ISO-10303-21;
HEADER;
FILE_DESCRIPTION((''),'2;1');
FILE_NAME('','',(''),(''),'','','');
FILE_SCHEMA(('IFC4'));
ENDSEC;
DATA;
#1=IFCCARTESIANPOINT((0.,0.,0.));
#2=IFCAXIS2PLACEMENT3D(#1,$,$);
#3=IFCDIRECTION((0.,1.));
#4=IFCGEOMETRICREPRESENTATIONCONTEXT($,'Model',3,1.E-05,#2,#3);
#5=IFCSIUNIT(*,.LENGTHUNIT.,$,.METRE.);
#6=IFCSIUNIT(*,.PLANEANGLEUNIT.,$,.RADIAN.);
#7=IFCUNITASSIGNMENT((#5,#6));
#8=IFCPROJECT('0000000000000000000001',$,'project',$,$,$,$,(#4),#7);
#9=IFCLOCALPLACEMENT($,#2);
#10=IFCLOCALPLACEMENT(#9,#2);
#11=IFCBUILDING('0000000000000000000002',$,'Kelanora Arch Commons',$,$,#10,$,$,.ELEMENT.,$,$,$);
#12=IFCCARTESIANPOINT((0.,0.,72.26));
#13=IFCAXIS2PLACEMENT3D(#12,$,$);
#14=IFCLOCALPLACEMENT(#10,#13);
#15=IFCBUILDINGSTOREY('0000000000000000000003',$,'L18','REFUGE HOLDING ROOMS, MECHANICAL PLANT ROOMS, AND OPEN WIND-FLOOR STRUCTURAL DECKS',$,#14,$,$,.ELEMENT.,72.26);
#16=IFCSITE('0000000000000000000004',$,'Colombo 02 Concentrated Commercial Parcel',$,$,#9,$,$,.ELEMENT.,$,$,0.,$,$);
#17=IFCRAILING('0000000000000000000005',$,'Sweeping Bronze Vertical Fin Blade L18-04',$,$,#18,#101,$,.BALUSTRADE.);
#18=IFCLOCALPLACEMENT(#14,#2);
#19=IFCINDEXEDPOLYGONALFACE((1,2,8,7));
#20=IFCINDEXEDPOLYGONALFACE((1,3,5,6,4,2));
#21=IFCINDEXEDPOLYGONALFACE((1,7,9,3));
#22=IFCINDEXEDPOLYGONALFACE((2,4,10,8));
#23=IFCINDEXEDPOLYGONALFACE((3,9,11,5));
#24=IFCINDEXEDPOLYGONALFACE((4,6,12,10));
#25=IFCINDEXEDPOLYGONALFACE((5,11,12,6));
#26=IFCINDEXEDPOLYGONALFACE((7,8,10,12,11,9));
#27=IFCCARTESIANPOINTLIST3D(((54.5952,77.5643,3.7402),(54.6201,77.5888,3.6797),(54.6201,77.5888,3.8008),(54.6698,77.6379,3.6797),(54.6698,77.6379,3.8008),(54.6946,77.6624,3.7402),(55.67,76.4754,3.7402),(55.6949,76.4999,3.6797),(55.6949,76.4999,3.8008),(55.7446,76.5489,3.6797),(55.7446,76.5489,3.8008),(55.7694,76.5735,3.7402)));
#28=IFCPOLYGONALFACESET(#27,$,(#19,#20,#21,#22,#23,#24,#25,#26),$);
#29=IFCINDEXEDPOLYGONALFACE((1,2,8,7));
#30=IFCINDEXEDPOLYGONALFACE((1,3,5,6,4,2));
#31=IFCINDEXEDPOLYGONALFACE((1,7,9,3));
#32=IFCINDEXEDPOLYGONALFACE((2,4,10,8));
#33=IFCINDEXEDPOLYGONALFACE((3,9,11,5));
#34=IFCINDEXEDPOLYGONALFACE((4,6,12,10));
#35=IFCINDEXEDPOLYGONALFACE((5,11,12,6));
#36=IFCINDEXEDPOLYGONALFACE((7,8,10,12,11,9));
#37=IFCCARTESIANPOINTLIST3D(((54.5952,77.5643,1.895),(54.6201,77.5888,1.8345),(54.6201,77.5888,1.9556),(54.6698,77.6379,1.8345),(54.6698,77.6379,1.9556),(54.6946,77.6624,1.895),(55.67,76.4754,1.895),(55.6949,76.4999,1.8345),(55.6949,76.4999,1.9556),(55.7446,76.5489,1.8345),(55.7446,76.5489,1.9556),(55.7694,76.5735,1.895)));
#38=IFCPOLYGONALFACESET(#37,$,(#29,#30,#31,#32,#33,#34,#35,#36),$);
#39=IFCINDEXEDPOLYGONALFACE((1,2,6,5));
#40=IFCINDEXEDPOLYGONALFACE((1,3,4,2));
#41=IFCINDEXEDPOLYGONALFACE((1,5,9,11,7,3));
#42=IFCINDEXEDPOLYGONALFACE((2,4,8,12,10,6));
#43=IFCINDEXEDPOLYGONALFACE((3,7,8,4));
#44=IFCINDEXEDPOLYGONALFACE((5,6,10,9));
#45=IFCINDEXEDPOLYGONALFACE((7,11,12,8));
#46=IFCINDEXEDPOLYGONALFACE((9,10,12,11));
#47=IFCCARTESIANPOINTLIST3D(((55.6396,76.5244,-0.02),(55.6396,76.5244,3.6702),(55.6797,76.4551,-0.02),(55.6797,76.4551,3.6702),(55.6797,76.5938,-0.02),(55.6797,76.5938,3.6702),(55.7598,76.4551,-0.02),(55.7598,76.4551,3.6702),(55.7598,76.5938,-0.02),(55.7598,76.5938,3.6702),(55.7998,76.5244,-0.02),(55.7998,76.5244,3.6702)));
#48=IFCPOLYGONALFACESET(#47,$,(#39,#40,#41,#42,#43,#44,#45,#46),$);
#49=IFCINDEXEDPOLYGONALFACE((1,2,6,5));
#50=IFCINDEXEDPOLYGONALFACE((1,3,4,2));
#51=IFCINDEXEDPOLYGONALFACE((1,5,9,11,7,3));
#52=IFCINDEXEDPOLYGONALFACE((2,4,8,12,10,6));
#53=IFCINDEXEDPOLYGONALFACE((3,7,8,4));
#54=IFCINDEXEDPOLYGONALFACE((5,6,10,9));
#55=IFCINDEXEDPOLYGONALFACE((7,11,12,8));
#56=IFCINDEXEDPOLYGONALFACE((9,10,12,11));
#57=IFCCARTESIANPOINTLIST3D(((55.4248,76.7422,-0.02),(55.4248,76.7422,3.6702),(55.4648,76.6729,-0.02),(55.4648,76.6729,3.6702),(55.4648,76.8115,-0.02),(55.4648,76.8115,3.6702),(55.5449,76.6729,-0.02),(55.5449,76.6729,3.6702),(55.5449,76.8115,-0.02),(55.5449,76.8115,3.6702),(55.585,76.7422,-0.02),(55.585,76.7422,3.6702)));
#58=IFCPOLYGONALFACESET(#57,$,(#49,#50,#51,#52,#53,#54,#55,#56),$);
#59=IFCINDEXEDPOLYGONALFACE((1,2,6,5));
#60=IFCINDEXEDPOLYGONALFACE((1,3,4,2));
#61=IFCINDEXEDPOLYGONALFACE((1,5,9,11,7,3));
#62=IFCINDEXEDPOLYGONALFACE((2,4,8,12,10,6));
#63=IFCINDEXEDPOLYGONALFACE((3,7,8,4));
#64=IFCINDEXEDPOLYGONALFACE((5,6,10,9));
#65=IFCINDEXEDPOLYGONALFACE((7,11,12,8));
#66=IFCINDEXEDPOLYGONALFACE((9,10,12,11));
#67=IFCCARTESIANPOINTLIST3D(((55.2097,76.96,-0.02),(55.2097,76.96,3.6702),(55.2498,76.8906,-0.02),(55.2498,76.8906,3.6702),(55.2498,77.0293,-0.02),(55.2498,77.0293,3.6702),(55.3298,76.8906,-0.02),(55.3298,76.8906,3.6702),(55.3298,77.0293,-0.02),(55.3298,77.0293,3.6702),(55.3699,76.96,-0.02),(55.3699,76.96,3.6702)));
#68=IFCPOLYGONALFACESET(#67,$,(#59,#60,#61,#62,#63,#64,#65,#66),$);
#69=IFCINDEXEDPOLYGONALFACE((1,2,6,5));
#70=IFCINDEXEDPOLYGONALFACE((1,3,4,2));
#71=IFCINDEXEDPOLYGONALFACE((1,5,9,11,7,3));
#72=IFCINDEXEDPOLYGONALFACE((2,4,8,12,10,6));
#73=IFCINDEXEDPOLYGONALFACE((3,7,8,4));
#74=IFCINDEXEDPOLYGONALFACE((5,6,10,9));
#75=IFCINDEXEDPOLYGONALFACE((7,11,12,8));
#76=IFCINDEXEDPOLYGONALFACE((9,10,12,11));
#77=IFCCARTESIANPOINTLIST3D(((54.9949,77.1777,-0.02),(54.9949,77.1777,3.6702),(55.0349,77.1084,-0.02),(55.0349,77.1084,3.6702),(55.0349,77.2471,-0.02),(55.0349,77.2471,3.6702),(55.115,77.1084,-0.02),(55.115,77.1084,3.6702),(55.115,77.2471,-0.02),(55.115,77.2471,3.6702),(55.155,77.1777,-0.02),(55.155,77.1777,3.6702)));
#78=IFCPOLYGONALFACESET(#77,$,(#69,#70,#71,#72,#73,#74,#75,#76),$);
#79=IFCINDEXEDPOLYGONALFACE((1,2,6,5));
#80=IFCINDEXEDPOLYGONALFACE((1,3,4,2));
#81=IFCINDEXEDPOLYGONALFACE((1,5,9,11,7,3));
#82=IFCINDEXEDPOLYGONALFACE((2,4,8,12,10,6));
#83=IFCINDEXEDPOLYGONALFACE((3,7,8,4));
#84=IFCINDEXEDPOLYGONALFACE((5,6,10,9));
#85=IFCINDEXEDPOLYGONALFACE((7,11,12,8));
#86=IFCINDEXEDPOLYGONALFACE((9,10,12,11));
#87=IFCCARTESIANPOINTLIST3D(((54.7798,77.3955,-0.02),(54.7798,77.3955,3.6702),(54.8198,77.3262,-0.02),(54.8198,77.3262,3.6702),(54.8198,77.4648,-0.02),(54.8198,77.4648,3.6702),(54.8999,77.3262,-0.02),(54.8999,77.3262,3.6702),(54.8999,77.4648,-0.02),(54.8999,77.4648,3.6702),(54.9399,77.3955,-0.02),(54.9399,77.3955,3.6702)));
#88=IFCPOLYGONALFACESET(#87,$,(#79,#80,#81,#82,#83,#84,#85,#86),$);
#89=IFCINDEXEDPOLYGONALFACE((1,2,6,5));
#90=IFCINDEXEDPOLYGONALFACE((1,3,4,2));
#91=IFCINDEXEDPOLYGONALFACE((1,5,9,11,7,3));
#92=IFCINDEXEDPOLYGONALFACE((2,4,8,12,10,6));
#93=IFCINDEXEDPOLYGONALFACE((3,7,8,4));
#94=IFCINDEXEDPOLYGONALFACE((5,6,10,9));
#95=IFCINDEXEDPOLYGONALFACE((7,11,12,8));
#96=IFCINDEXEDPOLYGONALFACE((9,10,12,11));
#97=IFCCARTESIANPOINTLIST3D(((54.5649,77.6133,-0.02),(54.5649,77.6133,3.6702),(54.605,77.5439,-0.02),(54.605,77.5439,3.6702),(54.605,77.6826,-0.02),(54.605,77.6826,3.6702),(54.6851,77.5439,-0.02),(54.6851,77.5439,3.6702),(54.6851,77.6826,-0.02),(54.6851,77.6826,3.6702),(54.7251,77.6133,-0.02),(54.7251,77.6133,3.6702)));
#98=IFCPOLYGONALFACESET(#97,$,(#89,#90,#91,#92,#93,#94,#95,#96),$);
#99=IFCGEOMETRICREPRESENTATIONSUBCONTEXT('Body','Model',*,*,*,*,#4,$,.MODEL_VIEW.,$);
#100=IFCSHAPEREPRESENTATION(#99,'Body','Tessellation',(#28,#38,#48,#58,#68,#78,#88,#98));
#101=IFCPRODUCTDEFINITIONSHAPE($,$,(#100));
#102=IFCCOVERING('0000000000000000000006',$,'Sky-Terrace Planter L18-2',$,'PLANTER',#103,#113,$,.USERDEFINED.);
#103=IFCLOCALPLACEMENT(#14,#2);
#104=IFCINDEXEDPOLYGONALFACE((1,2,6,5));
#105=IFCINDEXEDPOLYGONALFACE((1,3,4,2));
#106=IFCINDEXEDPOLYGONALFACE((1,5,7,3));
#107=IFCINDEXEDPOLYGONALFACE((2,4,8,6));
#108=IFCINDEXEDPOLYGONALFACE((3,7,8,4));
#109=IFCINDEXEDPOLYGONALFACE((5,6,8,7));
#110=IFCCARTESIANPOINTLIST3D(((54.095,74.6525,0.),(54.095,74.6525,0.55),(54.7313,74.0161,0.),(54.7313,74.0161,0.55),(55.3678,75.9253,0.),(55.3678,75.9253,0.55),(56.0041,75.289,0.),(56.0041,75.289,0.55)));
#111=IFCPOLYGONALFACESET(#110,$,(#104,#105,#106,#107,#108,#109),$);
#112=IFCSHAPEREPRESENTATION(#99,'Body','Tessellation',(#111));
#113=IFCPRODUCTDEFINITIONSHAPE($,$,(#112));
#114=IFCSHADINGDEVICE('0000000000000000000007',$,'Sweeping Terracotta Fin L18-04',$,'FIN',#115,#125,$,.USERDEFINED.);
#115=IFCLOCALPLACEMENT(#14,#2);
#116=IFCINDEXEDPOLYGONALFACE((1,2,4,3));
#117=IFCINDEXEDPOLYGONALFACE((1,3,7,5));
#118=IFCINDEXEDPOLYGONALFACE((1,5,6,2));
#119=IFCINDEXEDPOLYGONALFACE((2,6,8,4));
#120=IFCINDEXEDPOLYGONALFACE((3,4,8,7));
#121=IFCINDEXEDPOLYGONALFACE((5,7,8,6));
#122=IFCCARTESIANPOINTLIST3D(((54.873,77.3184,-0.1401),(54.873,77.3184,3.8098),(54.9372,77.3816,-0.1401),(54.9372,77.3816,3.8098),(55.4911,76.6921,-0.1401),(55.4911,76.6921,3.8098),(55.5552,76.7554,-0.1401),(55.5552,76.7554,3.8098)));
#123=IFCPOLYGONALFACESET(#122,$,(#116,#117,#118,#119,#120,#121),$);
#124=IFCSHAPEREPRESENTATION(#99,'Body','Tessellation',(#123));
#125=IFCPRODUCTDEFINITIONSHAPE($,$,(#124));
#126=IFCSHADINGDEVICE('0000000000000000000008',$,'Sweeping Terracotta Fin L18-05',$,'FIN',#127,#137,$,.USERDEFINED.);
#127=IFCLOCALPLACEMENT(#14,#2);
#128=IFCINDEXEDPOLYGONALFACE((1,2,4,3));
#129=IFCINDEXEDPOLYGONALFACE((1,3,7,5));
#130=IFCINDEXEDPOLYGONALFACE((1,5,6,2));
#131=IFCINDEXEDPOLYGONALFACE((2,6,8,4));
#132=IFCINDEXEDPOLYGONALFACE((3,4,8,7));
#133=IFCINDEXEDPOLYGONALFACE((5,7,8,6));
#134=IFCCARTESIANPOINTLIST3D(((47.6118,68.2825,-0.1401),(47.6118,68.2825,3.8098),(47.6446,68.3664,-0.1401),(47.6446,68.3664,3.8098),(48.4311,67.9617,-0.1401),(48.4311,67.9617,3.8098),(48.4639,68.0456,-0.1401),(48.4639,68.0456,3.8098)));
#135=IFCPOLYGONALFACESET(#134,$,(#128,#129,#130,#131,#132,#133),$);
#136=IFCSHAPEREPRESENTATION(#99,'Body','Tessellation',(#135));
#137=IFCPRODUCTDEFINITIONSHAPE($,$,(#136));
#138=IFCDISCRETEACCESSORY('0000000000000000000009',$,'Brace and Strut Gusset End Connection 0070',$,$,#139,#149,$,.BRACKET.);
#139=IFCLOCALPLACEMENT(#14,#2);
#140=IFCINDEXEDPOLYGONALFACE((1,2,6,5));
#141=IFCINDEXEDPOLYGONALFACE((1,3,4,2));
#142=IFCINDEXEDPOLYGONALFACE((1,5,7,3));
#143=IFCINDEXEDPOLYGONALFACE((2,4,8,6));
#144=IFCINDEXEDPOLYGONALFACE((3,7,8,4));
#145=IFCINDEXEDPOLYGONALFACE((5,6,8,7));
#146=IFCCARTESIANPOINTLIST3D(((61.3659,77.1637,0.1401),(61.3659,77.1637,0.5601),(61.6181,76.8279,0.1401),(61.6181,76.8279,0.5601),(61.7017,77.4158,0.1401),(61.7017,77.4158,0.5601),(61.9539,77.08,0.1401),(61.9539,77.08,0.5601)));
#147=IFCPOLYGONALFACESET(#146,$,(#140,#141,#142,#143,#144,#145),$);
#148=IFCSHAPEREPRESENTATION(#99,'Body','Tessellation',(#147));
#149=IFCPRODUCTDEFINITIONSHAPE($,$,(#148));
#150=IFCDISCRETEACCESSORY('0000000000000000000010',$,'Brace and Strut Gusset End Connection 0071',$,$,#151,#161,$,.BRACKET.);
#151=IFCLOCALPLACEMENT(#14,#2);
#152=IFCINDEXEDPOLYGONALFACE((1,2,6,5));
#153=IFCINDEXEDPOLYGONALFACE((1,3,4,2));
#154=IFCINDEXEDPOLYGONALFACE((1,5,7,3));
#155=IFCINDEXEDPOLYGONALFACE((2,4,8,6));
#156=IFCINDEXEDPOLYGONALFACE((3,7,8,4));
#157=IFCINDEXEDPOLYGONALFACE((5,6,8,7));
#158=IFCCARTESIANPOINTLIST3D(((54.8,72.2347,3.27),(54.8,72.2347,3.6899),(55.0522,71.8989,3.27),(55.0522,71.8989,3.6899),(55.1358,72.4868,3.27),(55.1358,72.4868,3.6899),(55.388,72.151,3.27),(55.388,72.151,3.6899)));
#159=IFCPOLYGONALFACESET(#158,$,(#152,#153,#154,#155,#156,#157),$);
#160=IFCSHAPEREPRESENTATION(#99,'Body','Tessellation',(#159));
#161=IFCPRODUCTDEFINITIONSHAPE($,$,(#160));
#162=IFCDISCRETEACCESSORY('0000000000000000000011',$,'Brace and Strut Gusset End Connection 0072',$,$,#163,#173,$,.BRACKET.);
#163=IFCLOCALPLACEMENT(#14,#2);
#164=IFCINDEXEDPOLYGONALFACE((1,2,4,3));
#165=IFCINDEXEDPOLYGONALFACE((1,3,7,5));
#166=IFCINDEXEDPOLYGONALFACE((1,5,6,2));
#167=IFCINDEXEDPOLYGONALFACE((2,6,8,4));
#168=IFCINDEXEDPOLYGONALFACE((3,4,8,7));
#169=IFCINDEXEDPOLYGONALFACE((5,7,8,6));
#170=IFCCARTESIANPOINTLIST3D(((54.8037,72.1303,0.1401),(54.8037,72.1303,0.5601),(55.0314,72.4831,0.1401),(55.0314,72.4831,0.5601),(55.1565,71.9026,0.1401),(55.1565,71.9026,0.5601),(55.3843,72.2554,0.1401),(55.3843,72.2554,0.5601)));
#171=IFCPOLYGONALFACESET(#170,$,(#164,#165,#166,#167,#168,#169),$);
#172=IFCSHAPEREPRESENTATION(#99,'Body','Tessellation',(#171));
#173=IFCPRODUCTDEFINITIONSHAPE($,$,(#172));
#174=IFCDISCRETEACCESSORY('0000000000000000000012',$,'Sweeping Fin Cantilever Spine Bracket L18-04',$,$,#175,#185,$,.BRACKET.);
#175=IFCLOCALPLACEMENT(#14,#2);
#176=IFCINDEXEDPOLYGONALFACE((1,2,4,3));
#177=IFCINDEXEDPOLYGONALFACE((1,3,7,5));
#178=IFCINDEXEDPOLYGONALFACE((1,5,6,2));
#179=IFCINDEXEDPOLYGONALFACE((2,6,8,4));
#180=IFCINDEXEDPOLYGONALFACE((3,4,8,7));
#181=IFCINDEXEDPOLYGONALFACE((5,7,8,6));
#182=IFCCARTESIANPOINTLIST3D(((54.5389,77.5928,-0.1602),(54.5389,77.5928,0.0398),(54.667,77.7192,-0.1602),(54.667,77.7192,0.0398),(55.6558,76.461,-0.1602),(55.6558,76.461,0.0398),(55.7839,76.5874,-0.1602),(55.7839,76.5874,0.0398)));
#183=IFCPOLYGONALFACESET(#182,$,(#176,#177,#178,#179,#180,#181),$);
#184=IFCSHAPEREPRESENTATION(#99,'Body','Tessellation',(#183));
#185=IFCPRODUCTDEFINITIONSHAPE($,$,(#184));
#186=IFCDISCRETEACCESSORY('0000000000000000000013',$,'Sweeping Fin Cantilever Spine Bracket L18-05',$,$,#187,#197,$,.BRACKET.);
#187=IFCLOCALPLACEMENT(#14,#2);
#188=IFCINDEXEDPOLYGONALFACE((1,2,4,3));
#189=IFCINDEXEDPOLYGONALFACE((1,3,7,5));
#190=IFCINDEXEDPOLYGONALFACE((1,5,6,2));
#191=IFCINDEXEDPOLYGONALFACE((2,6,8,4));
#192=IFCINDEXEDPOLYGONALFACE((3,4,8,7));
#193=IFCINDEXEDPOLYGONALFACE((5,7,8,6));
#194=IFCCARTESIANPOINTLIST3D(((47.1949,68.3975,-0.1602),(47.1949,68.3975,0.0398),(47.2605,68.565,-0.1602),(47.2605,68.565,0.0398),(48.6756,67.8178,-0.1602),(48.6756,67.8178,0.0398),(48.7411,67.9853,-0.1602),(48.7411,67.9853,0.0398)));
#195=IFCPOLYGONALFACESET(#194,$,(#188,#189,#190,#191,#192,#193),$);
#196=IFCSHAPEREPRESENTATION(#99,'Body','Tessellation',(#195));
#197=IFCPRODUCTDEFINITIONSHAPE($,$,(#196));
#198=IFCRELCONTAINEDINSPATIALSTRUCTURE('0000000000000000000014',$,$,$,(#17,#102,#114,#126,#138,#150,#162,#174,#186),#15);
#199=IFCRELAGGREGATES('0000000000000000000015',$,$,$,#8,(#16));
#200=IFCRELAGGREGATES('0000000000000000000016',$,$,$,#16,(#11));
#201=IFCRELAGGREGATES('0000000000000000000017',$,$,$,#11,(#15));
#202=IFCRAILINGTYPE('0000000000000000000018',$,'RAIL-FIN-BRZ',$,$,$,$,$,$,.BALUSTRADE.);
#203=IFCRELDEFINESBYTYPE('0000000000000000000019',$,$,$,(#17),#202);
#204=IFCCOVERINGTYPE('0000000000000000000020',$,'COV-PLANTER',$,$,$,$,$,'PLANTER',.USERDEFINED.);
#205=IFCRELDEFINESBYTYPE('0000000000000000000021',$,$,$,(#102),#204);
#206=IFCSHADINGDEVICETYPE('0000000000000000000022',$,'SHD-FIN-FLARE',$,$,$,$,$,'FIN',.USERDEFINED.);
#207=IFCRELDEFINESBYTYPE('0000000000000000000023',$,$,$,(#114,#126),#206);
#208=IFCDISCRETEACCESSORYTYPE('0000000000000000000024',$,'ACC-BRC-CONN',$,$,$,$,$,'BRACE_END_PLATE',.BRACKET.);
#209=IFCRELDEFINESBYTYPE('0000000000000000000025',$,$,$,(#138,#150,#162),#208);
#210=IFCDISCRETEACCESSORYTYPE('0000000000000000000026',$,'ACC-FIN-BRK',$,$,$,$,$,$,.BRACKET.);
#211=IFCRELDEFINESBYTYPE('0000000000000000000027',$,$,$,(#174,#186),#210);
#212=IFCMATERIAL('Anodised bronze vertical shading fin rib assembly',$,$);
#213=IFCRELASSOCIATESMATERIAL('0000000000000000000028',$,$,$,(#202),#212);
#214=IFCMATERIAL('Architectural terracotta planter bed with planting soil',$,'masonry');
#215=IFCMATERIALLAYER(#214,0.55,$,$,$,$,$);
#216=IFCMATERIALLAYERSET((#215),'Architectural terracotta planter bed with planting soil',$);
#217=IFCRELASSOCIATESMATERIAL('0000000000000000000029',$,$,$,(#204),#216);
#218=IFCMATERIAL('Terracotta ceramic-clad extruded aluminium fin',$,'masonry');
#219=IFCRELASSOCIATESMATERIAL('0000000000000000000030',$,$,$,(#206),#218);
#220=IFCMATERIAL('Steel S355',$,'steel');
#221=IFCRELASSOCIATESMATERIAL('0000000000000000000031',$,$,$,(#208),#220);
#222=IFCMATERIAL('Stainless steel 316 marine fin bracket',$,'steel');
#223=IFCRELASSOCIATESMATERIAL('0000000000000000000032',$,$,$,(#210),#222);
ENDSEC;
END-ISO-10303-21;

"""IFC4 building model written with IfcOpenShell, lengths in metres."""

from ifc_helpers import new_model, si_unit, direction, frame, origin, origin_2d, place, context, subcontext, project, spatial, polyline, rectangle, outline, extrude, source, transform, mapped, material, layer, layer_set, type_object, element, save


model = new_model("IFC4")

# Units and contexts
model_context = context("Model", 3, precision=1e-05, world=origin(), true_north=direction((0.0, 1.0)))
body_context = subcontext(model_context, "Body", "Model", "MODEL_VIEW")
ifc_project = project(units=[si_unit("LENGTHUNIT", "METRE"), si_unit("PLANEANGLEUNIT", "RADIAN")], contexts=[model_context])

# Site, building, storey
site_placement = place(None, origin())
site = spatial("IfcSite", under=ifc_project, at=site_placement, Name="Colombo 02 Concentrated Commercial Parcel", CompositionType="ELEMENT", RefElevation=0.0)
building_placement = place(site_placement, origin())
building = spatial("IfcBuilding", under=site, at=building_placement, Name="Kelanora Arch Commons", CompositionType="ELEMENT")
storey_placement = place(building_placement, frame((0.0, 0.0, 72.26)))
storey = spatial("IfcBuildingStorey", under=building, at=storey_placement, Name="L18", Description="REFUGE HOLDING ROOMS, MECHANICAL PLANT ROOMS, AND OPEN WIND-FLOOR STRUCTURAL DECKS", CompositionType="ELEMENT", Elevation=72.26)

# Shared definitions
ifc_material_1 = material(Name="Steel S355", Category="steel")

# Railing
ifc_material_2 = material(Name="Anodised bronze vertical shading fin rib assembly")
railing_type = type_object("IfcRailingType", Name="RAIL-FIN-BRZ", PredefinedType="BALUSTRADE", material=ifc_material_2)
railing_placement = place(storey_placement, frame((55.7197, 76.5244, -0.02)))
element("IfcRailing", 1, at=railing_placement, inside=storey, type_object=railing_type, Name="Sweeping Bronze Vertical Fin Blade L18-04", PredefinedType="BALUSTRADE", context=body_context, shape_type="SweptSolid", body=[
    extrude(outline(polyline([(0.0698, 0.0), (0.0349, 0.0605), (-0.0349, 0.0605), (-0.0698, 0.0), (-0.0349, -0.0605), (0.0349, -0.0605), (0.0698, 0.0)])), frame((0.0, 0.0, 3.7603), z_axis=(-0.702464, 0.711719, 0.0), x_axis=(-0.711719, -0.702464, 0.0)), (0.0, 0.0, 1.0), 1.53),
    extrude(outline(polyline([(0.0698, 0.0), (0.0349, 0.0605), (-0.0349, 0.0605), (-0.0698, 0.0), (-0.0349, -0.0605), (0.0349, -0.0605), (0.0698, 0.0)])), frame((0.0, 0.0, 1.915), z_axis=(-0.702464, 0.711719, 0.0), x_axis=(-0.711719, -0.702464, 0.0)), (0.0, 0.0, 1.0), 1.53),
    extrude(outline(polyline([(0.0801, 0.0), (0.04, 0.0693), (-0.04, 0.0693), (-0.0801, 0.0), (-0.04, -0.0693), (0.04, -0.0693), (0.0801, 0.0)])), origin(), (0.0, 0.0, 1.0), 3.6902),
    extrude(outline(polyline([(0.0801, 0.0), (0.04, 0.0693), (-0.04, 0.0693), (-0.0801, 0.0), (-0.04, -0.0693), (0.04, -0.0693), (0.0801, 0.0)])), frame((-0.2148, 0.2178, 0.0)), (0.0, 0.0, 1.0), 3.6902),
    extrude(outline(polyline([(0.0801, 0.0), (0.04, 0.0693), (-0.04, 0.0693), (-0.0801, 0.0), (-0.04, -0.0693), (0.04, -0.0693), (0.0801, 0.0)])), frame((-0.4299, 0.4355, 0.0)), (0.0, 0.0, 1.0), 3.6902),
    extrude(outline(polyline([(0.0801, 0.0), (0.04, 0.0693), (-0.04, 0.0693), (-0.0801, 0.0), (-0.04, -0.0693), (0.04, -0.0693), (0.0801, 0.0)])), frame((-0.6448, 0.6533, 0.0)), (0.0, 0.0, 1.0), 3.6902),
    extrude(outline(polyline([(0.0801, 0.0), (0.04, 0.0693), (-0.04, 0.0693), (-0.0801, 0.0), (-0.04, -0.0693), (0.04, -0.0693), (0.0801, 0.0)])), frame((-0.8599, 0.8711, 0.0)), (0.0, 0.0, 1.0), 3.6902),
    extrude(outline(polyline([(0.0801, 0.0), (0.04, 0.0693), (-0.04, 0.0693), (-0.0801, 0.0), (-0.04, -0.0693), (0.04, -0.0693), (0.0801, 0.0)])), frame((-1.0747, 1.0889, 0.0)), (0.0, 0.0, 1.0), 3.6902),
])

# Covering
ifc_material_3 = material(Name="Architectural terracotta planter bed with planting soil", Category="masonry")
ifc_layer_1 = layer(ifc_material_3, 0.55)
ifc_layer_set_1 = layer_set([ifc_layer_1], Name="Architectural terracotta planter bed with planting soil")
covering_type = type_object("IfcCoveringType", Name="COV-PLANTER", ElementType="PLANTER", PredefinedType="USERDEFINED", material=ifc_layer_set_1)
shared_shape_1 = source(origin(), body_context, "Body", "SweptSolid", [
    extrude(rectangle(XDim=1.8, YDim=0.8999, at=origin_2d()), origin(), (0.0, 0.0, 1.0), 0.55),
])
covering_placement = place(storey_placement, frame((55.0496, 74.9707, 0.0), z_axis=(0.0, 0.0, 1.0), x_axis=(-0.707107, -0.707107, 0.0)))
element("IfcCovering", 2, at=covering_placement, inside=storey, type_object=covering_type, Name="Sky-Terrace Planter L18-2", ObjectType="PLANTER", PredefinedType="USERDEFINED", context=body_context, shape_type="MappedRepresentation", body=[
    mapped(shared_shape_1, transform((0.0, 0.0, 0.0), scale=1.0)),
])

# Shading devices
ifc_material_4 = material(Name="Terracotta ceramic-clad extruded aluminium fin", Category="masonry")
shading_device_type = type_object("IfcShadingDeviceType", Name="SHD-FIN-FLARE", ElementType="FIN", PredefinedType="USERDEFINED", material=ifc_material_4)
shared_shape_2 = source(origin(), body_context, "Body", "SweptSolid", [
    extrude(rectangle(XDim=0.8799, YDim=0.0901, at=origin_2d()), origin(), (0.0, 0.0, 1.0), 3.95),
])
for number, where, z_axis, x_axis, name in (
    (3, (55.2141, 77.0369, -0.1401), (0.0, 0.0, 1.0), (-0.702402, 0.711781, 0.0), "Sweeping Terracotta Fin L18-04"),
    (4, (48.0378, 68.1641, -0.1401), (0.0, 0.0, 1.0), (-0.931183, 0.364552, 0.0), "Sweeping Terracotta Fin L18-05"),
):
    element("IfcShadingDevice", number, at=place(storey_placement, frame(where, z_axis=z_axis, x_axis=x_axis)), inside=storey, type_object=shading_device_type, Name=name, ObjectType="FIN", PredefinedType="USERDEFINED", context=body_context, shape_type="MappedRepresentation", body=[
        mapped(shared_shape_2, transform((0.0, 0.0, 0.0), scale=1.0)),
    ])

# Discrete accessories
discrete_accessory_type_1 = type_object("IfcDiscreteAccessoryType", Name="ACC-BRC-CONN", ElementType="BRACE_END_PLATE", PredefinedType="BRACKET", material=ifc_material_1)
shared_shape_3 = source(origin(), body_context, "Body", "SweptSolid", [
    extrude(rectangle(XDim=0.4199, YDim=0.4199, at=origin_2d()), origin(), (0.0, 0.0, 1.0), 0.4199),
])
for number, where, z_axis, x_axis, name in (
    (5, (61.6599, 77.1218, 0.1401), (0.0, 0.0, 1.0), (-0.799685, -0.60042, 0.0), "Brace and Strut Gusset End Connection 0070"),
    (6, (55.094, 72.1929, 3.27), (0.0, 0.0, 1.0), (-0.799685, -0.60042, 0.0), "Brace and Strut Gusset End Connection 0071"),
    (7, (55.094, 72.1929, 0.1401), (0.0, 0.0, 1.0), (-0.542295, -0.840188, 0.0), "Brace and Strut Gusset End Connection 0072"),
):
    element("IfcDiscreteAccessory", number, at=place(storey_placement, frame(where, z_axis=z_axis, x_axis=x_axis)), inside=storey, type_object=discrete_accessory_type_1, Name=name, PredefinedType="BRACKET", context=body_context, shape_type="MappedRepresentation", body=[
        mapped(shared_shape_3, transform((0.0, 0.0, 0.0), scale=1.0)),
    ])
ifc_material_5 = material(Name="Stainless steel 316 marine fin bracket", Category="steel")
discrete_accessory_type_2 = type_object("IfcDiscreteAccessoryType", Name="ACC-FIN-BRK", PredefinedType="BRACKET", material=ifc_material_5)
shared_shape_4 = source(origin(), body_context, "Body", "SweptSolid", [
    extrude(rectangle(XDim=1.5901, YDim=0.1799, at=origin_2d()), origin(), (0.0, 0.0, 1.0), 0.2),
])
for number, where, z_axis, x_axis, name in (
    (8, (55.1614, 77.0901, -0.1602), (0.0, 0.0, 1.0), (-0.702402, 0.711781, 0.0), "Sweeping Fin Cantilever Spine Bracket L18-04"),
    (9, (47.968, 68.1914, -0.1602), (0.0, 0.0, 1.0), (-0.931183, 0.364552, 0.0), "Sweeping Fin Cantilever Spine Bracket L18-05"),
):
    element("IfcDiscreteAccessory", number, at=place(storey_placement, frame(where, z_axis=z_axis, x_axis=x_axis)), inside=storey, type_object=discrete_accessory_type_2, Name=name, PredefinedType="BRACKET", context=body_context, shape_type="MappedRepresentation", body=[
        mapped(shared_shape_4, transform((0.0, 0.0, 0.0), scale=1.0)),
    ])

save(model, "model.ifc")
